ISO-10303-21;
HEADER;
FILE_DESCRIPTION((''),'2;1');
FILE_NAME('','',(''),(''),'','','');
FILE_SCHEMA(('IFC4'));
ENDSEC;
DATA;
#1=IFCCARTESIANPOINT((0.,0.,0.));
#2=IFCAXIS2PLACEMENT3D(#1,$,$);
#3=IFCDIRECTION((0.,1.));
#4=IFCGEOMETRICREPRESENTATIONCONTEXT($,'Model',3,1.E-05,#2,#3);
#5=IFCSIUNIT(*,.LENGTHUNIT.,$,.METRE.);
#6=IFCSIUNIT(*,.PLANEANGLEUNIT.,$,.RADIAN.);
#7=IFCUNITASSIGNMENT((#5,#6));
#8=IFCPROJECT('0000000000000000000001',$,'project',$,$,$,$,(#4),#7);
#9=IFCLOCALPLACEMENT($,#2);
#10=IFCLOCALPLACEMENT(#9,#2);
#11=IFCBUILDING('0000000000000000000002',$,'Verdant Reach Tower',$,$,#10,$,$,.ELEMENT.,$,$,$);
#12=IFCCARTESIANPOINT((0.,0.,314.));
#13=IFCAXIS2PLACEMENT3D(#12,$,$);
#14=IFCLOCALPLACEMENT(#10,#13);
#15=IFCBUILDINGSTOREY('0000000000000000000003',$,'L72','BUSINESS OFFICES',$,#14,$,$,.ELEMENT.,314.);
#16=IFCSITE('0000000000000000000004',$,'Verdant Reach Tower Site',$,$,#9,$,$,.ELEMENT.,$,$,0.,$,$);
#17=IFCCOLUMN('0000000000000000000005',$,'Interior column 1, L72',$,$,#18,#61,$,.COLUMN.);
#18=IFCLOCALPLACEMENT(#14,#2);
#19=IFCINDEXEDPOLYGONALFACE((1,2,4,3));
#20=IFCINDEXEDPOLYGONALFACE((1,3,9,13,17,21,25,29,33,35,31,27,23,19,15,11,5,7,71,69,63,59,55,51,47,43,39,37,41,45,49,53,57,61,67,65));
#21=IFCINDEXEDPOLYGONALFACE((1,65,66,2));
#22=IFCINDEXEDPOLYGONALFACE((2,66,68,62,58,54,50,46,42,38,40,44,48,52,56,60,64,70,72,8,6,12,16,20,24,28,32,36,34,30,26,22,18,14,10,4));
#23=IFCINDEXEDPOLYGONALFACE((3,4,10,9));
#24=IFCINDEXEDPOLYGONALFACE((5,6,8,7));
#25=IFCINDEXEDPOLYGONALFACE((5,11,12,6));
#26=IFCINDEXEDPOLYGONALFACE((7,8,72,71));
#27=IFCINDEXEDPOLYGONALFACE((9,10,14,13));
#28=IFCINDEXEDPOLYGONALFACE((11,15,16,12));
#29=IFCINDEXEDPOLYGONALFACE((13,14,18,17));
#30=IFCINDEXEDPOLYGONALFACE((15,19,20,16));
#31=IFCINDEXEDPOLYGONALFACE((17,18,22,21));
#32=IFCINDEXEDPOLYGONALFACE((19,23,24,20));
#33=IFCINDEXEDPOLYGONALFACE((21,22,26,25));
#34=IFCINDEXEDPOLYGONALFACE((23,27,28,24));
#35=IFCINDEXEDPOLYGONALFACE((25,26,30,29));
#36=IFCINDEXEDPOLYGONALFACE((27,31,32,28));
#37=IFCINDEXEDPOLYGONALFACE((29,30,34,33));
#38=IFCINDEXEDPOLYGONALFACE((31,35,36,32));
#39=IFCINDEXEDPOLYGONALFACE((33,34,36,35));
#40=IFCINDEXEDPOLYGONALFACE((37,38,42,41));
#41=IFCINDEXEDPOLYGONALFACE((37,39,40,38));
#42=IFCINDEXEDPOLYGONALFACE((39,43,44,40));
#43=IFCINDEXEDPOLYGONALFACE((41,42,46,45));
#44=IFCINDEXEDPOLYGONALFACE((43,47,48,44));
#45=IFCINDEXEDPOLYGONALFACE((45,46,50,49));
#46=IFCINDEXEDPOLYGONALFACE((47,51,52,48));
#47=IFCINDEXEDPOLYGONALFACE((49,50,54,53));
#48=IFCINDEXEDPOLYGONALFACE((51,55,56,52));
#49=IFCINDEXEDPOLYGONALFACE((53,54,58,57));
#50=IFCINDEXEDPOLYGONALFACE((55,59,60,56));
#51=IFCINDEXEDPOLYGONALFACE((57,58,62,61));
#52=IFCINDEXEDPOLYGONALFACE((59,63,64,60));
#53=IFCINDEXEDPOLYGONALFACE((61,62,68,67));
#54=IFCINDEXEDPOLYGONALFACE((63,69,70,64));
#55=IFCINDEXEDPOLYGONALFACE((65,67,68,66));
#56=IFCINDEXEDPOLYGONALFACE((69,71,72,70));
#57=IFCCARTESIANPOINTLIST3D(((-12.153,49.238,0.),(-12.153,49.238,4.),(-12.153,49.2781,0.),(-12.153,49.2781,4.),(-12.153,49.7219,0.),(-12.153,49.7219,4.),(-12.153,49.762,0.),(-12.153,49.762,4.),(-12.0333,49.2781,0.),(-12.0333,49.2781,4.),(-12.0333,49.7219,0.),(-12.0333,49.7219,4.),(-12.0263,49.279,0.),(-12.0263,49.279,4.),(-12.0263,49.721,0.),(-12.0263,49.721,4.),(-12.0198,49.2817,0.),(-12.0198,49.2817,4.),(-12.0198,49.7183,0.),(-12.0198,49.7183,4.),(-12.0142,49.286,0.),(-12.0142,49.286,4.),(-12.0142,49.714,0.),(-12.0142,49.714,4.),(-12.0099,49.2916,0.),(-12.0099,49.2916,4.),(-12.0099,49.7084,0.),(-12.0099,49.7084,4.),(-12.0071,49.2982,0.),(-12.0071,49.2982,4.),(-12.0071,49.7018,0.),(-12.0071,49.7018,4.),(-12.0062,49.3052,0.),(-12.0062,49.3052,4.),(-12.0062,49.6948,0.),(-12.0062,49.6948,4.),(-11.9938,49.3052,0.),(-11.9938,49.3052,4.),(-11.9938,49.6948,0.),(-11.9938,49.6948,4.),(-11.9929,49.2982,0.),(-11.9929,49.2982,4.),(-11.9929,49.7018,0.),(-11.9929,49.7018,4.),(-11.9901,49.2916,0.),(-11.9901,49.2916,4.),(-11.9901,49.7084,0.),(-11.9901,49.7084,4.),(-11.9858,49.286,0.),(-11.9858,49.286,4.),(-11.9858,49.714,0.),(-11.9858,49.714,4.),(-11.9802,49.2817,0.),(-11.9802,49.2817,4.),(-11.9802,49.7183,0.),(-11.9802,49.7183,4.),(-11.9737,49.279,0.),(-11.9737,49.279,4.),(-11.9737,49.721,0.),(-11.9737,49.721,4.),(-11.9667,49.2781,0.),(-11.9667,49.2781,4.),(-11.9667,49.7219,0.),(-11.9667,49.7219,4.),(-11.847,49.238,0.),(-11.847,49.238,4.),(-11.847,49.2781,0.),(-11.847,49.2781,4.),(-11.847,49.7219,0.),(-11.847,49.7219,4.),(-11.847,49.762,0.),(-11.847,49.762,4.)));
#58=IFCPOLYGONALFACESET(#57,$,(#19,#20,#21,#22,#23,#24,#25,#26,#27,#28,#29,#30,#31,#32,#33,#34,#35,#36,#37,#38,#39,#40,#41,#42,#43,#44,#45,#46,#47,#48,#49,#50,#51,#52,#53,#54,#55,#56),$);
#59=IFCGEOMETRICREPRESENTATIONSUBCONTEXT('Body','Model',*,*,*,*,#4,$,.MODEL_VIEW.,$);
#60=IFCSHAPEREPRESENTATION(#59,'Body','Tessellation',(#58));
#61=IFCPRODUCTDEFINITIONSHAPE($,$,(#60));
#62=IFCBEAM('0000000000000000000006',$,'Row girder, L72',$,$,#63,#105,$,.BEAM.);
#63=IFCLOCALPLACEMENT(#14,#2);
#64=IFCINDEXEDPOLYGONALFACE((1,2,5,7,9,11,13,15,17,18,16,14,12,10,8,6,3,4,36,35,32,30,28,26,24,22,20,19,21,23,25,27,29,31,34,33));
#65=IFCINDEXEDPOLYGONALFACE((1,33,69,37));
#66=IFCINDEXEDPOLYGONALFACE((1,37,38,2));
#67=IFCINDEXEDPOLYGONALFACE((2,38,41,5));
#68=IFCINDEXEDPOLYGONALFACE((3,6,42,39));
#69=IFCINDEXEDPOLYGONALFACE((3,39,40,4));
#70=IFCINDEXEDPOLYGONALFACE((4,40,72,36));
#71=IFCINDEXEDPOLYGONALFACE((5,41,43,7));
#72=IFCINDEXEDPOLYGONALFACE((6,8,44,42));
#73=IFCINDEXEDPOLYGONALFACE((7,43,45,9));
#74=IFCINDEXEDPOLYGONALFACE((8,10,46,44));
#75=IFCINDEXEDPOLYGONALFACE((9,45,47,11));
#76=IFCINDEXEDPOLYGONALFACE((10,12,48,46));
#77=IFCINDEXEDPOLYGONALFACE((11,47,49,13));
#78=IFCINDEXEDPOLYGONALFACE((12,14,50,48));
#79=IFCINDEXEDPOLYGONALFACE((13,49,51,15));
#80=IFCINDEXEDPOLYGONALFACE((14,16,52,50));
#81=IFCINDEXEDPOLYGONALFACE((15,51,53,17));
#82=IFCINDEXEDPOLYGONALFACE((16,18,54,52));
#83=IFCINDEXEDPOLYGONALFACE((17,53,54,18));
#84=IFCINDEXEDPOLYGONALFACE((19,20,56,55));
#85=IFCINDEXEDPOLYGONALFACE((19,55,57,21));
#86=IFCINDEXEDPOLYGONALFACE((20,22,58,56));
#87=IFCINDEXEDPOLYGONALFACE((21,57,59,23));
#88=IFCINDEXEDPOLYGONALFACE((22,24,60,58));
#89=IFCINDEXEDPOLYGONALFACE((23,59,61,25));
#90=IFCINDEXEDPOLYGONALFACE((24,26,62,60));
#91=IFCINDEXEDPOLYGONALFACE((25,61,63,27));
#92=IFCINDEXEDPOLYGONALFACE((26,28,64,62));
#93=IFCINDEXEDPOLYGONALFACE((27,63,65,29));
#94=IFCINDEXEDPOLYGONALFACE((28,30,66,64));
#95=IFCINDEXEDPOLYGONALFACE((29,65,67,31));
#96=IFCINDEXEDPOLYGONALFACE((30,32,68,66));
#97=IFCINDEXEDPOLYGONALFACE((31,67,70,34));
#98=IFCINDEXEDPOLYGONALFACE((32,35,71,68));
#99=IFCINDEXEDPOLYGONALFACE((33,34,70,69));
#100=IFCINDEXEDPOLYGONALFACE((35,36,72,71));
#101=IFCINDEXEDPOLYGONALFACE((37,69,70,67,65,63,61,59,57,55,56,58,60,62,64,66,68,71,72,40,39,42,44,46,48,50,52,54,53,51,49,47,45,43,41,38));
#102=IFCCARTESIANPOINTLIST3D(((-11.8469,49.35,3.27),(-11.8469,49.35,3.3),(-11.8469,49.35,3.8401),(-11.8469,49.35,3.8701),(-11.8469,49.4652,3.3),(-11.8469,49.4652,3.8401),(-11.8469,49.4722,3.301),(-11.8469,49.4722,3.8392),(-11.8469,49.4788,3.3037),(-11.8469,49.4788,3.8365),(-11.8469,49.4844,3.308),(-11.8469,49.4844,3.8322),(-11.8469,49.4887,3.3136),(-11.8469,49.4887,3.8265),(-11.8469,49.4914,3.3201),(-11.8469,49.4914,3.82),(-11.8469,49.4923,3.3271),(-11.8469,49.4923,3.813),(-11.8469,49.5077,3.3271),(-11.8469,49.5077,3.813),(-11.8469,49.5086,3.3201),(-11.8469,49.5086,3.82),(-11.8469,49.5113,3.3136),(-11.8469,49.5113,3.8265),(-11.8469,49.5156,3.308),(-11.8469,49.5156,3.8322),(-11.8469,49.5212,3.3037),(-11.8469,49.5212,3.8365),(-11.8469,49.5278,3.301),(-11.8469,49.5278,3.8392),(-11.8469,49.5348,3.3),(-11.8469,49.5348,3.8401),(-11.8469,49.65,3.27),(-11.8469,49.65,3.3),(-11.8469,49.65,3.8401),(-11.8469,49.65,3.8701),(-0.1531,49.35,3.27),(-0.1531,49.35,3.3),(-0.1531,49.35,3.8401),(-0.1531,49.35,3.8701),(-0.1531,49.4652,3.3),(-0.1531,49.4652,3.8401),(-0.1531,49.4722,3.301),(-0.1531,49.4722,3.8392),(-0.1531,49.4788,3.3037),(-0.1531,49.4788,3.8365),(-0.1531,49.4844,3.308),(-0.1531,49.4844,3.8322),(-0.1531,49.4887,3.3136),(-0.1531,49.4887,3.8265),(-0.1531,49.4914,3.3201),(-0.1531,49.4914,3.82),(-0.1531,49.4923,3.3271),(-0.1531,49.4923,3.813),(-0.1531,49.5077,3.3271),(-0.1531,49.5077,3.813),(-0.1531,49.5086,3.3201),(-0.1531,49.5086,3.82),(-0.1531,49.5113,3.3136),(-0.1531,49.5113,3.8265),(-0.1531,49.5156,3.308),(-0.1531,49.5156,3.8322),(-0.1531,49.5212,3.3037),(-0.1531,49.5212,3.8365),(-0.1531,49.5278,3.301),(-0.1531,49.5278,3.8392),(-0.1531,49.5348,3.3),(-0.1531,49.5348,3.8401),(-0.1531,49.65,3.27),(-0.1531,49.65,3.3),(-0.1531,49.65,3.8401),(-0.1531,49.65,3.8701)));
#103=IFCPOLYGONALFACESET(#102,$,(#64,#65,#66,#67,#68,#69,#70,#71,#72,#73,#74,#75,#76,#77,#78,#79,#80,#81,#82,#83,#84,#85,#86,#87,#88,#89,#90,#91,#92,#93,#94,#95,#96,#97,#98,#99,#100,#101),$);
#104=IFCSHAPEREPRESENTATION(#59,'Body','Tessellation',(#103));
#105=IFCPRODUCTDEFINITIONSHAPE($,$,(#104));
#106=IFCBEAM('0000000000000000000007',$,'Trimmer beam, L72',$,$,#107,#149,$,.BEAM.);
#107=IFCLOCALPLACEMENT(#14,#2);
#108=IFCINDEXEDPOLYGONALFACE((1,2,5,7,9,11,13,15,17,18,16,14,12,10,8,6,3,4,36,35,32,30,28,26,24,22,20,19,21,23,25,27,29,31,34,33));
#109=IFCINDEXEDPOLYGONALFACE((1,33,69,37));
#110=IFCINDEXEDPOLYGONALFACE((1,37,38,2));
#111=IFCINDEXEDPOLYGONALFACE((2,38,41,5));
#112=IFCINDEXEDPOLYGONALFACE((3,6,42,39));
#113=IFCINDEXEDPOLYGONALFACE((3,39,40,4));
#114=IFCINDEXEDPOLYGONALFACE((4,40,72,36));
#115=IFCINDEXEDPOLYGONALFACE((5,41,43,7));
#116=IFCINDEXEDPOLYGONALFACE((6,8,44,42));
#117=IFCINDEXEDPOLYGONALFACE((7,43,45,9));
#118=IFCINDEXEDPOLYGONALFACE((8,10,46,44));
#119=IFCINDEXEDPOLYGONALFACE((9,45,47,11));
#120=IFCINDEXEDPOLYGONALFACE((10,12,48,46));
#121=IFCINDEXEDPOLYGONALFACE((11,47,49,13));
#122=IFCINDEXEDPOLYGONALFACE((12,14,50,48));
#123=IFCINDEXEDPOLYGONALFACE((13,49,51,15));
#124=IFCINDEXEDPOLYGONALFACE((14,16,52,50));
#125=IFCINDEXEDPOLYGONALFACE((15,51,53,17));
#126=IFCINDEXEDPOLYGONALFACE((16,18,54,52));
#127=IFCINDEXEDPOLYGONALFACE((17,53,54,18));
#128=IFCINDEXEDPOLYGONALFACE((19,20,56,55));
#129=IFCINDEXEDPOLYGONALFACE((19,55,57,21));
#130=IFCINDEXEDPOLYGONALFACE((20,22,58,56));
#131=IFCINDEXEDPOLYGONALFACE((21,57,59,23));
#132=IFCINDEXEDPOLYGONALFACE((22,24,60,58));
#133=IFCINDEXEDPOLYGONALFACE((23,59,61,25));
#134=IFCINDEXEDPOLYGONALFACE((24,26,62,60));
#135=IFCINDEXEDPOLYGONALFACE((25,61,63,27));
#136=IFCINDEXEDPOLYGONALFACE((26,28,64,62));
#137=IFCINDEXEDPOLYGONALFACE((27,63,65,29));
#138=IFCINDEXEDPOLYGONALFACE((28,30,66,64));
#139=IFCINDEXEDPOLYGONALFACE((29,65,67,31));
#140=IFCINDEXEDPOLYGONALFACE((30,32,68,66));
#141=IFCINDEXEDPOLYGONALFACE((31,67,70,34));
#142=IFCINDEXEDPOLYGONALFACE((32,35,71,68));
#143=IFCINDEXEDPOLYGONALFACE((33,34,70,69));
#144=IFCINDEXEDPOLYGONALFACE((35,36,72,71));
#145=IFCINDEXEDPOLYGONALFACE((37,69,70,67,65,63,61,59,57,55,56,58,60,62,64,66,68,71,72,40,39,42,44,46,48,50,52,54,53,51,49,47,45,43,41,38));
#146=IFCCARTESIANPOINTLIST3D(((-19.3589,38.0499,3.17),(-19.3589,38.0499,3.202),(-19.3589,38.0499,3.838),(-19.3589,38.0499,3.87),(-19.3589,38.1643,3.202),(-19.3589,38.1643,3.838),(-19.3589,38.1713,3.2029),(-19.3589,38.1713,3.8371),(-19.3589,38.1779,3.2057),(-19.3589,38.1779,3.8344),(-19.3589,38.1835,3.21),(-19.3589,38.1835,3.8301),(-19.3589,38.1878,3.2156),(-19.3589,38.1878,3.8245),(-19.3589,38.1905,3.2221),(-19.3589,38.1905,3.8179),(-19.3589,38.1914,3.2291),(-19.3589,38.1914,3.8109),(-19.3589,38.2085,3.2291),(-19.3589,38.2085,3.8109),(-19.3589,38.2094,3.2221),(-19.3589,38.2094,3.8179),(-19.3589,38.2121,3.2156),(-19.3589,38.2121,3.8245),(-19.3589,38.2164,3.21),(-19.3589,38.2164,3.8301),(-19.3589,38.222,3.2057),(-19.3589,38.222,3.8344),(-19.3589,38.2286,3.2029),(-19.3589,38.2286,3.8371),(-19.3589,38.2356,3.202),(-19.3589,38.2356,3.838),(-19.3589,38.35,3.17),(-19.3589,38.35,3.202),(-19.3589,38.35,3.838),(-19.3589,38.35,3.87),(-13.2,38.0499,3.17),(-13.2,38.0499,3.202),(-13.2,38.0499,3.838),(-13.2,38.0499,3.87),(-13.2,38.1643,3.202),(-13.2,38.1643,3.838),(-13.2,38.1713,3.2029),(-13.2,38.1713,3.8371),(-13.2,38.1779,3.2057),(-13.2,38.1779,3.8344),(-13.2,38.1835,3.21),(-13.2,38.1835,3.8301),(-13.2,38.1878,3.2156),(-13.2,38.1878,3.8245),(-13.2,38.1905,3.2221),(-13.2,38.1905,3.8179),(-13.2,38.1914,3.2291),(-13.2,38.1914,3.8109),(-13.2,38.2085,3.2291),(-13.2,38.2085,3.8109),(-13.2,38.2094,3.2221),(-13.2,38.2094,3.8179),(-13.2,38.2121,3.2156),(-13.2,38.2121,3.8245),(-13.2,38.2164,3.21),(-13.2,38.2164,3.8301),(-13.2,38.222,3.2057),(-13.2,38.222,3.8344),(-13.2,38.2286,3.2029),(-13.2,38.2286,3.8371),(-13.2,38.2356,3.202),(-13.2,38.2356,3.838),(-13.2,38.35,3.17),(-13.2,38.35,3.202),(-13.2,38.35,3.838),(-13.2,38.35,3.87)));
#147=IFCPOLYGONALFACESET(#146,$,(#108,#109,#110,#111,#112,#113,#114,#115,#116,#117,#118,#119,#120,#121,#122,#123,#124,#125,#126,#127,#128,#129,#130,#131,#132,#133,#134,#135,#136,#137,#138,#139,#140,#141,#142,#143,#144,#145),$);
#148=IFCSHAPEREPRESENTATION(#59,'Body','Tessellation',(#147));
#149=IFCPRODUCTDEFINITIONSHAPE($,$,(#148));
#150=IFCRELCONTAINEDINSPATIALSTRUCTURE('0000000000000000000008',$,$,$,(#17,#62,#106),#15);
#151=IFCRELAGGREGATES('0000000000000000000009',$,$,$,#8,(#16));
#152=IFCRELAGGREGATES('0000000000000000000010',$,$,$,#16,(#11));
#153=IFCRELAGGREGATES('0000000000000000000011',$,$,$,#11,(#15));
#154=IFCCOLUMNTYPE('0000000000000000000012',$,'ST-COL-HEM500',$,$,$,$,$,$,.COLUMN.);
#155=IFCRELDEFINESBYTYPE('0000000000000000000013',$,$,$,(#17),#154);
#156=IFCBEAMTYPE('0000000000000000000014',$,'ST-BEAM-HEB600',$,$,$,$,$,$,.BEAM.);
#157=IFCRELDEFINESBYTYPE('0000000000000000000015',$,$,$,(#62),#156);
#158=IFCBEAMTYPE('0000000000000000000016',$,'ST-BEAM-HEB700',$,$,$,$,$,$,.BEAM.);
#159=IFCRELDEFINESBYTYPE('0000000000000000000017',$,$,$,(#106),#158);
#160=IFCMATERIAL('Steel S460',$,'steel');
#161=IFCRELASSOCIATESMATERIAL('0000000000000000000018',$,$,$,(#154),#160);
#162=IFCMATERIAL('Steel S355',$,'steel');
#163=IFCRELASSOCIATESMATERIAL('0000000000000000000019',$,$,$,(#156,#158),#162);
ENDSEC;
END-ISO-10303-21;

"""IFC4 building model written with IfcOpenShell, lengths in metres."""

from ifc_helpers import new_model, si_unit, direction, frame, origin, origin_2d, place, context, subcontext, project, spatial, i_section, extrude, material, material_profile, profile_set, type_object, element, save


model = new_model("IFC4")

# Units and contexts
model_context = context("Model", 3, precision=1e-05, world=origin(), true_north=direction((0.0, 1.0)))
body_context = subcontext(model_context, "Body", "Model", "MODEL_VIEW")
ifc_project = project(units=[si_unit("LENGTHUNIT", "METRE"), si_unit("PLANEANGLEUNIT", "RADIAN")], contexts=[model_context])

# Site, building, storey
site_placement = place(None, origin())
site = spatial("IfcSite", under=ifc_project, at=site_placement, Name="Verdant Reach Tower Site", CompositionType="ELEMENT", RefElevation=0.0)
building_placement = place(site_placement, origin())
building = spatial("IfcBuilding", under=site, at=building_placement, Name="Verdant Reach Tower", CompositionType="ELEMENT")
storey_placement = place(building_placement, frame((0.0, 0.0, 314.0)))
storey = spatial("IfcBuildingStorey", under=building, at=storey_placement, Name="L72", Description="BUSINESS OFFICES", CompositionType="ELEMENT", Elevation=314.0)

# Column
ifc_material_1 = material(Name="Steel S460", Category="steel")
ifc_material_profile_1 = material_profile(ifc_material_1, i_section(OverallWidth=0.3059, OverallDepth=0.5239, WebThickness=0.0125, FlangeThickness=0.04, FilletRadius=0.0271, at=origin_2d()), Name="HEM 500")
ifc_profile_set_1 = profile_set([ifc_material_profile_1], Name="Steel S460")
column_type = type_object("IfcColumnType", Name="ST-COL-HEM500", PredefinedType="COLUMN", material=ifc_profile_set_1)
column_placement = place(storey_placement, frame((-12.0, 49.5, 0.0), z_axis=(0.0, 0.0, 1.0), x_axis=(1.0, 0.0, 0.0)))
element("IfcColumn", 1, at=column_placement, inside=storey, type_object=column_type, Name="Interior column 1, L72", PredefinedType="COLUMN", context=body_context, shape_type="SweptSolid", body=[
    extrude(i_section(OverallWidth=0.3059, OverallDepth=0.5239, WebThickness=0.0125, FlangeThickness=0.04, FilletRadius=0.0271, at=origin_2d()), origin(), (0.0, 0.0, 1.0), 4.0),
])

# Beams
ifc_material_2 = material(Name="Steel S355", Category="steel")
ifc_material_profile_2 = material_profile(ifc_material_2, i_section(OverallWidth=0.3, OverallDepth=0.6001, WebThickness=0.0154, FlangeThickness=0.03, FilletRadius=0.0271, at=origin_2d()), Name="HEB 600")
ifc_profile_set_2 = profile_set([ifc_material_profile_2], Name="Steel S355")
beam_type_1 = type_object("IfcBeamType", Name="ST-BEAM-HEB600", PredefinedType="BEAM", material=ifc_profile_set_2)
beam_1_placement = place(storey_placement, frame((-11.8469, 49.5, 3.5701), z_axis=(1.0, 0.0, 0.0), x_axis=(0.0, 1.0, 0.0)))
element("IfcBeam", 2, at=beam_1_placement, inside=storey, type_object=beam_type_1, Name="Row girder, L72", PredefinedType="BEAM", context=body_context, shape_type="SweptSolid", body=[
    extrude(i_section(OverallWidth=0.3, OverallDepth=0.6001, WebThickness=0.0154, FlangeThickness=0.03, FilletRadius=0.0271, at=origin_2d()), origin(), (0.0, 0.0, 1.0), 11.6938),
])
ifc_material_profile_3 = material_profile(ifc_material_2, i_section(OverallWidth=0.3, OverallDepth=0.7, WebThickness=0.0171, FlangeThickness=0.032, FilletRadius=0.0271, at=origin_2d()), Name="HEB 700")
ifc_profile_set_3 = profile_set([ifc_material_profile_3], Name="Steel S355")
beam_type_2 = type_object("IfcBeamType", Name="ST-BEAM-HEB700", PredefinedType="BEAM", material=ifc_profile_set_3)
beam_2_placement = place(storey_placement, frame((-13.2, 38.2, 3.52), z_axis=(-1.0, 0.0, 0.0), x_axis=(0.0, -1.0, 0.0)))
element("IfcBeam", 3, at=beam_2_placement, inside=storey, type_object=beam_type_2, Name="Trimmer beam, L72", PredefinedType="BEAM", context=body_context, shape_type="SweptSolid", body=[
    extrude(i_section(OverallWidth=0.3, OverallDepth=0.7, WebThickness=0.0171, FlangeThickness=0.032, FilletRadius=0.0271, at=origin_2d()), origin(), (0.0, 0.0, 1.0), 6.1589),
])

save(model, "model.ifc")
